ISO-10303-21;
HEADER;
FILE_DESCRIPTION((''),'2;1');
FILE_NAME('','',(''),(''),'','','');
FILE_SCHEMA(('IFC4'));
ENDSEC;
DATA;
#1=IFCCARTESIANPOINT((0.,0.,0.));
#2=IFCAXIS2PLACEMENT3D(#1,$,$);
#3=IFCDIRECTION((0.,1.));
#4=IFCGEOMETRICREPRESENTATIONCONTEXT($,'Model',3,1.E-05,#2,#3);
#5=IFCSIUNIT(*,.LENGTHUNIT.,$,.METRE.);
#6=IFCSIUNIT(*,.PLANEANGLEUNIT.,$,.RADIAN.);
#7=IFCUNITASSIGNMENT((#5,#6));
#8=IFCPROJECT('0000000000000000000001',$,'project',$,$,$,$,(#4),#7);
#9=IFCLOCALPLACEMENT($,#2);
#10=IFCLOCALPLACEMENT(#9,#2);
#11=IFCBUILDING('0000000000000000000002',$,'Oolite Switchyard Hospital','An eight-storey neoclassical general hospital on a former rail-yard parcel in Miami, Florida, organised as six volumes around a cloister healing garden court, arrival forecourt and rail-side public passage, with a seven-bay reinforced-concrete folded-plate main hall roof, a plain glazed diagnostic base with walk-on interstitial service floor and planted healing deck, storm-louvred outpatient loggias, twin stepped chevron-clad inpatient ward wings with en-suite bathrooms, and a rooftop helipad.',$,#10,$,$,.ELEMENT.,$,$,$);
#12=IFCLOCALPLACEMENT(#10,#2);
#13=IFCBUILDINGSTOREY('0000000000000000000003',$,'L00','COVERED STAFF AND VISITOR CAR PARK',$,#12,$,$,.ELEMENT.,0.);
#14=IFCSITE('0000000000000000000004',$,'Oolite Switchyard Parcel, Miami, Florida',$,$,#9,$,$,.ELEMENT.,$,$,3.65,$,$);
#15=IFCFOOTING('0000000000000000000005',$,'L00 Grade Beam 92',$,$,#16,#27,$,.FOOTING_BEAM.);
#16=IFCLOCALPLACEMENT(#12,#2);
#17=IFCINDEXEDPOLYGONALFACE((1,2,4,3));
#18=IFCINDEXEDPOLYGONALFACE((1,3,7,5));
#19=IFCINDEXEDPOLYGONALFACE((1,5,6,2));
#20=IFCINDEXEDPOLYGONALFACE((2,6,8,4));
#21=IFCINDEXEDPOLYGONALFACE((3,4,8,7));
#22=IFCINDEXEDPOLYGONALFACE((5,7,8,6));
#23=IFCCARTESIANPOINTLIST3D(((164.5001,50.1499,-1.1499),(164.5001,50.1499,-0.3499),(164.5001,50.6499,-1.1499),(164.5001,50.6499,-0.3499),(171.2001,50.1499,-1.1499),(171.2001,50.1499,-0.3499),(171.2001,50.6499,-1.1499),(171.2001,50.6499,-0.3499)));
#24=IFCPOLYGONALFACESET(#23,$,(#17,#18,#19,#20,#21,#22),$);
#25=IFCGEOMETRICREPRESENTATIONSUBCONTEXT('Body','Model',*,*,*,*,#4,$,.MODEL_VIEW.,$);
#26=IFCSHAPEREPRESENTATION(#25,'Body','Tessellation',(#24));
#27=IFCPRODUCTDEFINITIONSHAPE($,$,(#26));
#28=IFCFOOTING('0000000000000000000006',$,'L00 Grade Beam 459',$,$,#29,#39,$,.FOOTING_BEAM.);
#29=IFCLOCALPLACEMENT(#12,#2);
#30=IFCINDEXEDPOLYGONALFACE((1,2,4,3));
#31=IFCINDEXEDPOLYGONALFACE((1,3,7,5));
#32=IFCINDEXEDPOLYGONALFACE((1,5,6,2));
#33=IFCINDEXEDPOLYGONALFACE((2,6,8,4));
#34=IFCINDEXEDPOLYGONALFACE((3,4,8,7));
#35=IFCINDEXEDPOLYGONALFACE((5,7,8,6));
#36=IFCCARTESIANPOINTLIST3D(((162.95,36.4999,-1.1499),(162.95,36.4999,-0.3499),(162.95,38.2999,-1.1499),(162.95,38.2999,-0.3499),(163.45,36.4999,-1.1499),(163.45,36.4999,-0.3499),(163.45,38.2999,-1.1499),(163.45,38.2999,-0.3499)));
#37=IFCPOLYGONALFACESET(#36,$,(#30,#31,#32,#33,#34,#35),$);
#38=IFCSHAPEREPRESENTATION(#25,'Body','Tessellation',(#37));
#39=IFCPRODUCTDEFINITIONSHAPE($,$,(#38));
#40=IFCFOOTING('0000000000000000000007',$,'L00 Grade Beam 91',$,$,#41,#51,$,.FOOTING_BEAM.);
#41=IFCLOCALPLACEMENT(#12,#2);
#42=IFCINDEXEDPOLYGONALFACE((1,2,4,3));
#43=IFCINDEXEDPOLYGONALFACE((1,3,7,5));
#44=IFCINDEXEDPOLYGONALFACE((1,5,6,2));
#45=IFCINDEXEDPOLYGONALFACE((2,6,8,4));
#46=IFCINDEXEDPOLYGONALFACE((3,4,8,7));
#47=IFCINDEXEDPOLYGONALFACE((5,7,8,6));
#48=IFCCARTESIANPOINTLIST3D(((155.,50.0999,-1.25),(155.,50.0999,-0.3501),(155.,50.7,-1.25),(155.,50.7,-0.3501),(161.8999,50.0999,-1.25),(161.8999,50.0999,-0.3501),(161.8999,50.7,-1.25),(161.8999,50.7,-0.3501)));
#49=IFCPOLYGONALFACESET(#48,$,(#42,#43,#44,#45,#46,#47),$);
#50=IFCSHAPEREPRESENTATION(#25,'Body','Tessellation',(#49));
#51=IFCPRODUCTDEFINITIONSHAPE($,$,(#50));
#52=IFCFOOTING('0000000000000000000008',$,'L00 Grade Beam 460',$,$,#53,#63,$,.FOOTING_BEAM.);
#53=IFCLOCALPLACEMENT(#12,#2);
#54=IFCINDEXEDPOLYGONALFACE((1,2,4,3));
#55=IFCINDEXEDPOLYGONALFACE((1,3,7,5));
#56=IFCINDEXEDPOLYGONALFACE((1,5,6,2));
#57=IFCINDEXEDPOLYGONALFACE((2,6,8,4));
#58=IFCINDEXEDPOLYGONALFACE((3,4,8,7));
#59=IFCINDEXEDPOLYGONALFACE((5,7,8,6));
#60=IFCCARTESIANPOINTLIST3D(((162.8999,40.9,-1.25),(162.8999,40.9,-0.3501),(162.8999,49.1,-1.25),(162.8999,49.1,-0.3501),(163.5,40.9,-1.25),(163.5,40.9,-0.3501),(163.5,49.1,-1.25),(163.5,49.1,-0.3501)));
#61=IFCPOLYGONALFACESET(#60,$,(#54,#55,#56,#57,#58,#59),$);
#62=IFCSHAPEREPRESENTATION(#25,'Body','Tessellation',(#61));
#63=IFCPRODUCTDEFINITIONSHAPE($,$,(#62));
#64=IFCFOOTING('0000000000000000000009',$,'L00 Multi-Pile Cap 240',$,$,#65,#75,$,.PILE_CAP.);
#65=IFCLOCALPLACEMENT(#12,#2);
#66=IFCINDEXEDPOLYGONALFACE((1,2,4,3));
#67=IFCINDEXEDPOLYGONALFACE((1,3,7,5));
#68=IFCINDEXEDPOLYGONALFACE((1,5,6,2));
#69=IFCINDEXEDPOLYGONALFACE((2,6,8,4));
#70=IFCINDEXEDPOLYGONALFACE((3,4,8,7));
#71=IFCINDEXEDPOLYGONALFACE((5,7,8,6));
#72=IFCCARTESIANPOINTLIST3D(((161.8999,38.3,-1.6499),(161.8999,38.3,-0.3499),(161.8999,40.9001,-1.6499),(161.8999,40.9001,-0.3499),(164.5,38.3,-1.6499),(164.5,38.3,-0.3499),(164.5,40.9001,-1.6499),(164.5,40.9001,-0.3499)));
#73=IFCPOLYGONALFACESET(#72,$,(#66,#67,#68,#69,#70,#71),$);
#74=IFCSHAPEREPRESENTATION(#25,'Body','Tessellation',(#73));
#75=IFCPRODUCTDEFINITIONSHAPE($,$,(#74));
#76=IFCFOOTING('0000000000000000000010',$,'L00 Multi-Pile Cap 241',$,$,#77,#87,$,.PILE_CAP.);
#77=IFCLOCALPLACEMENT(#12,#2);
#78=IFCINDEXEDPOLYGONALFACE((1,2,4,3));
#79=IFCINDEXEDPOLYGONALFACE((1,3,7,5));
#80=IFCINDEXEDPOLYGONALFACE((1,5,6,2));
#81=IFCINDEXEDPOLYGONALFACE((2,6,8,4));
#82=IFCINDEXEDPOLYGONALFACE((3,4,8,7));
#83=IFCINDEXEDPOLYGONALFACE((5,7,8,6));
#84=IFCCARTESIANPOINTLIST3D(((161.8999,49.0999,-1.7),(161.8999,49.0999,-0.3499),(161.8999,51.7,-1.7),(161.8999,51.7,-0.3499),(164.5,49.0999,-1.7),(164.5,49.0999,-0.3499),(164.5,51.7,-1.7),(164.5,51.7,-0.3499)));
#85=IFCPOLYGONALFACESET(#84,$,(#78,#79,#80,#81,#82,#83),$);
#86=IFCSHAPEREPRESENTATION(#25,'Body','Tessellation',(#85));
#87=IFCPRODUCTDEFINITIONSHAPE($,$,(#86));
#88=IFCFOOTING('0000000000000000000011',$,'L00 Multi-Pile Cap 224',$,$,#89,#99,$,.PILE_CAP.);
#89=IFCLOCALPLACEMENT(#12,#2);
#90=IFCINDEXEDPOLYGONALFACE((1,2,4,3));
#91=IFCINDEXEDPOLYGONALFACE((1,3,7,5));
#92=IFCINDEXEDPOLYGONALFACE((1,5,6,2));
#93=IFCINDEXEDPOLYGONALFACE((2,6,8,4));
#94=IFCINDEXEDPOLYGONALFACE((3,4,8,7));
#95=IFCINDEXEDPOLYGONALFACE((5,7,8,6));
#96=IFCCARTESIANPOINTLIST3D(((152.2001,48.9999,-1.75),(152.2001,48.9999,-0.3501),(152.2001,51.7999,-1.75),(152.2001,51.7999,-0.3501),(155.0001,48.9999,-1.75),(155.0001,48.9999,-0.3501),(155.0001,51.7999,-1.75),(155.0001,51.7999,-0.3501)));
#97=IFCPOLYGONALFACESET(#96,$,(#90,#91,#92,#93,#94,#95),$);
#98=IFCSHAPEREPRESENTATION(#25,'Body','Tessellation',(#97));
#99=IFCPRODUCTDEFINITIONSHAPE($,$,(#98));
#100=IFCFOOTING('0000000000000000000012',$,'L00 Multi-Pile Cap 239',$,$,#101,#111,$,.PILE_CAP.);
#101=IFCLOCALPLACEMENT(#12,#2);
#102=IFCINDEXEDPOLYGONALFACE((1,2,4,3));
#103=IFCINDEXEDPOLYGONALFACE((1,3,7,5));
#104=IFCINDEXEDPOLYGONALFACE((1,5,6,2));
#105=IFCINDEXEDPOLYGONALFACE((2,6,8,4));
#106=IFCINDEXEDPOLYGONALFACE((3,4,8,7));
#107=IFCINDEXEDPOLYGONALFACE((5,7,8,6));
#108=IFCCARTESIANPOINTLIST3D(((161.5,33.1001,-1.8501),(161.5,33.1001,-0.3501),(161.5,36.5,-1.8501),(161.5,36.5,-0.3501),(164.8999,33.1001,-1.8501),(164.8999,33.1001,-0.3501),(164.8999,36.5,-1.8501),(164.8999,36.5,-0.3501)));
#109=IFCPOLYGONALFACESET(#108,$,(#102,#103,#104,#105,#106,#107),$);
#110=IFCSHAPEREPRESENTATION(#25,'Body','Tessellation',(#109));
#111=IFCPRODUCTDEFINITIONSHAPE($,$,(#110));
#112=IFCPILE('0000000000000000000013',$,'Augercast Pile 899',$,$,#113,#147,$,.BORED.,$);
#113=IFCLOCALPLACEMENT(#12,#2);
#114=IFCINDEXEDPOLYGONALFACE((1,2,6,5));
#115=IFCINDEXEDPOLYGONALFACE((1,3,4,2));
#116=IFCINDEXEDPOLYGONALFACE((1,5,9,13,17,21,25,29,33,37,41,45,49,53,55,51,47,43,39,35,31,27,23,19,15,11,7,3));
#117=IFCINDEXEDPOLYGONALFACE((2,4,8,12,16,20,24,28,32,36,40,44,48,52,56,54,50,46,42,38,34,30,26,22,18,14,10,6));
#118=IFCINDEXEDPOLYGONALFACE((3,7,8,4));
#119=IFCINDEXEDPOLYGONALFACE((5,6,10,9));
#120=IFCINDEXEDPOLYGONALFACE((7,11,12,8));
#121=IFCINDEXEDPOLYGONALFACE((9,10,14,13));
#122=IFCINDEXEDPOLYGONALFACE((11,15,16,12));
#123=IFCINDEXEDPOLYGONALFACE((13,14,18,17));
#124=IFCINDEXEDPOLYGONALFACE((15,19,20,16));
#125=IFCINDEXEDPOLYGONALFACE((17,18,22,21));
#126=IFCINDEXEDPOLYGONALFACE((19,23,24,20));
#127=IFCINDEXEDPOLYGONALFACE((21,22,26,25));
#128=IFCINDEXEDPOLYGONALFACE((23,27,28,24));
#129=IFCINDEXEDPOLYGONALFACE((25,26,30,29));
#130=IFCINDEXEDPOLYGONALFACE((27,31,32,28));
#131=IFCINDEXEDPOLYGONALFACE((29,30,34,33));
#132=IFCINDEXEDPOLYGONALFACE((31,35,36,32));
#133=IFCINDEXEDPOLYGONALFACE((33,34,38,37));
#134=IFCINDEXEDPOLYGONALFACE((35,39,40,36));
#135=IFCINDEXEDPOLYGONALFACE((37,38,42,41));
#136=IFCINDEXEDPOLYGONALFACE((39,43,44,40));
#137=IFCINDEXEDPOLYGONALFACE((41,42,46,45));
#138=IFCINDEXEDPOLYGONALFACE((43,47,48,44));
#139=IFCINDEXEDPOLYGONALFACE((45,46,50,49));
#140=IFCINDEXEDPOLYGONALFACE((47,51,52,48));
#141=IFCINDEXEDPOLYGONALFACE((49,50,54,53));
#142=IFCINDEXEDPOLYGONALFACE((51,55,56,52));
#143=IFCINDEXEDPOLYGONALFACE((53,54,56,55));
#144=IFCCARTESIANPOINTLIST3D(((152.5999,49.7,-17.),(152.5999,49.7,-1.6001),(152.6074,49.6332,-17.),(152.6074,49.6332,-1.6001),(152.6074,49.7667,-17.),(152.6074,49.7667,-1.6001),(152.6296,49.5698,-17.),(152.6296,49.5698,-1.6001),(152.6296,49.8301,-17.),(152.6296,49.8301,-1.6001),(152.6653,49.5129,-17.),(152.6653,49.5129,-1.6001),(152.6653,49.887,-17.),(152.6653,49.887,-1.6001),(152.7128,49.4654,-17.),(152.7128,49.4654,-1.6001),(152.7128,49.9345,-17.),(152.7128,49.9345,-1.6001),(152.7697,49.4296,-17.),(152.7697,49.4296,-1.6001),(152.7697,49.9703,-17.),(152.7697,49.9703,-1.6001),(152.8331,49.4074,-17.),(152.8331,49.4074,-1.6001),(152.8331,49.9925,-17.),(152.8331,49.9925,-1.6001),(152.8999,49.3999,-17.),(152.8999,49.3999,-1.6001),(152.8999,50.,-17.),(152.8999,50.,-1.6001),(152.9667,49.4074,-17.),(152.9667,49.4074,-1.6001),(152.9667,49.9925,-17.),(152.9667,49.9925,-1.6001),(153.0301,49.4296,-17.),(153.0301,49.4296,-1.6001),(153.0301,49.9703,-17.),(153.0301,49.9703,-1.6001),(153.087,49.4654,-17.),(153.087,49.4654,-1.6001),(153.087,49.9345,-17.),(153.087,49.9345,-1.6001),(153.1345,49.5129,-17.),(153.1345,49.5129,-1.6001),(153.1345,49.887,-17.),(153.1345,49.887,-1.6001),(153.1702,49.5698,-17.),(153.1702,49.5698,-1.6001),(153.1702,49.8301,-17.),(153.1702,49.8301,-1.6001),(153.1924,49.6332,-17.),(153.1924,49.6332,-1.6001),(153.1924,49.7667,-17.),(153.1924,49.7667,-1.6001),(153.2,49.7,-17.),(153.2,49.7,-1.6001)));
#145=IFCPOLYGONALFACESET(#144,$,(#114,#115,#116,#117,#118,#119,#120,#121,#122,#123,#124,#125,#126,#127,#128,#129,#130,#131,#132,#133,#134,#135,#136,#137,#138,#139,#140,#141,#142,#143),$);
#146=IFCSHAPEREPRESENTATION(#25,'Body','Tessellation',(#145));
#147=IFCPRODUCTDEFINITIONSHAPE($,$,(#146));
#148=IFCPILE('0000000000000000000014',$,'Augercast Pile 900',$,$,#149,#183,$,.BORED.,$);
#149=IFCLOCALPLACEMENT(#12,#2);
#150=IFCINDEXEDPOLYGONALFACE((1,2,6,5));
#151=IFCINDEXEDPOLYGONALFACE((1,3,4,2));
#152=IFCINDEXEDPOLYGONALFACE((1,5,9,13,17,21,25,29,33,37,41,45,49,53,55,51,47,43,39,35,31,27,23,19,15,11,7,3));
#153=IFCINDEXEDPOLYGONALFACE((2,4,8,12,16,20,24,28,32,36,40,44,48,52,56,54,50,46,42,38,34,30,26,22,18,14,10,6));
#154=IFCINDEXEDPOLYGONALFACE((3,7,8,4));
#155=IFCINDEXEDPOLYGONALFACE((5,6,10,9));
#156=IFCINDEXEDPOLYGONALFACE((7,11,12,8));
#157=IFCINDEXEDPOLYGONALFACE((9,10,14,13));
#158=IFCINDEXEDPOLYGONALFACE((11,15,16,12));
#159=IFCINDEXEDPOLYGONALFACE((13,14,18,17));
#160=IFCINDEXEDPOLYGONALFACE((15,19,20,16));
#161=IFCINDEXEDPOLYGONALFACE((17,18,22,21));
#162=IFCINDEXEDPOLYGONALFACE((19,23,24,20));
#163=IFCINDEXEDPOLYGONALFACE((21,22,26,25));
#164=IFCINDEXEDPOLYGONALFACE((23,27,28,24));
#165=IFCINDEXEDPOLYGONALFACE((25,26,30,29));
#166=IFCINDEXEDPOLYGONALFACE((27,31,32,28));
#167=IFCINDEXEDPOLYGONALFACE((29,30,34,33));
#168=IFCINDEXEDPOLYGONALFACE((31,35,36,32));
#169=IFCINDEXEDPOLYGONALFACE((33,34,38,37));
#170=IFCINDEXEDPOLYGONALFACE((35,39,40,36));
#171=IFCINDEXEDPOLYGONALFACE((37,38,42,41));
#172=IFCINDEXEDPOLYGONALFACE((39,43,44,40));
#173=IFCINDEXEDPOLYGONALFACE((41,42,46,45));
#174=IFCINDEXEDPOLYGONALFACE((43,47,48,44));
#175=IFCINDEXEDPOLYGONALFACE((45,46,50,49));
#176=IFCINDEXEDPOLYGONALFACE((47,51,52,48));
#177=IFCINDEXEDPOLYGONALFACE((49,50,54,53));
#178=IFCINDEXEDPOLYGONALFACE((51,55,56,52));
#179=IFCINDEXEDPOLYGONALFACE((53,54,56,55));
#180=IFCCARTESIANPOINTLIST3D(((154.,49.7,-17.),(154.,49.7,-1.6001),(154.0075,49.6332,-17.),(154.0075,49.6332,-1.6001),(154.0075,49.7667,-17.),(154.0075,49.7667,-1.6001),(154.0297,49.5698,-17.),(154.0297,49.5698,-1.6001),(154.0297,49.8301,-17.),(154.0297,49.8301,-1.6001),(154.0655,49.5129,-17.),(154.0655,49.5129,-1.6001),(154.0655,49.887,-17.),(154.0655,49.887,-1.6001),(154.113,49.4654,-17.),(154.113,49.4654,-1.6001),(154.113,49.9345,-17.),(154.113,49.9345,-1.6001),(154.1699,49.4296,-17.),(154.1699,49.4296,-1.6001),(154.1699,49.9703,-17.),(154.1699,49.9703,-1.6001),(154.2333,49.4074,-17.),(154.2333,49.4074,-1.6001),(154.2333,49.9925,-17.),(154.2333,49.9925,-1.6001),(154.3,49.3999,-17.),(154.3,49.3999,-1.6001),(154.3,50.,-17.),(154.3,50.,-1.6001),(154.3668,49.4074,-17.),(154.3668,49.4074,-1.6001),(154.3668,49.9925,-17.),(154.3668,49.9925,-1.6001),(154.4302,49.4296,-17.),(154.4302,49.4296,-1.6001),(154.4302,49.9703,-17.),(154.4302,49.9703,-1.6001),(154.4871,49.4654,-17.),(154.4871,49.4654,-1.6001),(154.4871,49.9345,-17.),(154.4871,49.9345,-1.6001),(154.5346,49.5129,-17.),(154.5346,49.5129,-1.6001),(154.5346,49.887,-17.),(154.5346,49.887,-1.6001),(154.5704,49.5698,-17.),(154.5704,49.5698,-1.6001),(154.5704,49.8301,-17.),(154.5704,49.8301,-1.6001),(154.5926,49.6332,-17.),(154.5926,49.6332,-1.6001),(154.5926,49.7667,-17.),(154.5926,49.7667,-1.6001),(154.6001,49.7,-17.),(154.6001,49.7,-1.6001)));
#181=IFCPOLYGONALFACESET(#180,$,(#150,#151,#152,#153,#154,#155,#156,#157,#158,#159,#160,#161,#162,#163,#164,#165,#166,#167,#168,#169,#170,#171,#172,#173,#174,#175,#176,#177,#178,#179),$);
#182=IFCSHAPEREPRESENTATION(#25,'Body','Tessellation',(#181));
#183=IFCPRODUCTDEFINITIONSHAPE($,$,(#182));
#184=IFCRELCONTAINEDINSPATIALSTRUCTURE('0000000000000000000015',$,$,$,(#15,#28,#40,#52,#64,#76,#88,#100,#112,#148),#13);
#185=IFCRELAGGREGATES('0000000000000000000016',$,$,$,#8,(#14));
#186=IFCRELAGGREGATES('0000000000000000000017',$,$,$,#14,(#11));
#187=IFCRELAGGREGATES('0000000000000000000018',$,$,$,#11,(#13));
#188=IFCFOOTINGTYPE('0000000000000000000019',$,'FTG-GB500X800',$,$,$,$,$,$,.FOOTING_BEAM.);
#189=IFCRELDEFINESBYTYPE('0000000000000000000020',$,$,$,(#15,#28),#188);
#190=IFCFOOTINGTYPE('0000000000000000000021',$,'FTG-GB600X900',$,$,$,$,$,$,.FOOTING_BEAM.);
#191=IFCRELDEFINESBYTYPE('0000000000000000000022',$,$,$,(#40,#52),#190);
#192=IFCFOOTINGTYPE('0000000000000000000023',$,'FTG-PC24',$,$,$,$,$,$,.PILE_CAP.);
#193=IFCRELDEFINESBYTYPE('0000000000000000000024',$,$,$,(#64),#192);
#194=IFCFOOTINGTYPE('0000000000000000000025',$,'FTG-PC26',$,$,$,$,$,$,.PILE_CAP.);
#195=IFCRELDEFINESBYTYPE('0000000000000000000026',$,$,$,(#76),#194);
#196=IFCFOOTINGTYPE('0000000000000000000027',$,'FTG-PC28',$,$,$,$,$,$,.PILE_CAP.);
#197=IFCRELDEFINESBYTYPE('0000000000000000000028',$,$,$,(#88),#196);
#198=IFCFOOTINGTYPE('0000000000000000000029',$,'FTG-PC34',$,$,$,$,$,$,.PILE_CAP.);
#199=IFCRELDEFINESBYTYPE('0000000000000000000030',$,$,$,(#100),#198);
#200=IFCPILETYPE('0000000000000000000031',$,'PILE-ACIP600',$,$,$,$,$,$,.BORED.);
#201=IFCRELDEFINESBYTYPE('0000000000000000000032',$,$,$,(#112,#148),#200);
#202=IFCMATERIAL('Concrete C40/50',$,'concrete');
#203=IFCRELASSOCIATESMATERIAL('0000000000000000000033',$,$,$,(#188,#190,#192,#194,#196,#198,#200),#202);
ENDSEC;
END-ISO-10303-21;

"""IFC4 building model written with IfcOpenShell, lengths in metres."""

from ifc_helpers import new_model, si_unit, direction, frame, origin, origin_2d, place, context, subcontext, project, spatial, rectangle, circle, extrude, material, material_profile, profile_set, type_object, element, save


model = new_model("IFC4")

# Units and contexts
model_context = context("Model", 3, precision=1e-05, world=origin(), true_north=direction((0.0, 1.0)))
body_context = subcontext(model_context, "Body", "Model", "MODEL_VIEW")
ifc_project = project(units=[si_unit("LENGTHUNIT", "METRE"), si_unit("PLANEANGLEUNIT", "RADIAN")], contexts=[model_context])

# Site, building, storey
site_placement = place(None, origin())
site = spatial("IfcSite", under=ifc_project, at=site_placement, Name="Oolite Switchyard Parcel, Miami, Florida", CompositionType="ELEMENT", RefElevation=3.65)
building_placement = place(site_placement, origin())
building = spatial("IfcBuilding", under=site, at=building_placement, Name="Oolite Switchyard Hospital", Description="An eight-storey neoclassical general hospital on a former rail-yard parcel in Miami, Florida, organised as six volumes around a cloister healing garden court, arrival forecourt and rail-side public passage, with a seven-bay reinforced-concrete folded-plate main hall roof, a plain glazed diagnostic base with walk-on interstitial service floor and planted healing deck, storm-louvred outpatient loggias, twin stepped chevron-clad inpatient ward wings with en-suite bathrooms, and a rooftop helipad.", CompositionType="ELEMENT")
storey_placement = place(building_placement, origin())
storey = spatial("IfcBuildingStorey", under=building, at=storey_placement, Name="L00", Description="COVERED STAFF AND VISITOR CAR PARK", CompositionType="ELEMENT", Elevation=0.0)

# Footings
ifc_material_1 = material(Name="Concrete C40/50", Category="concrete")
footing_type_1 = type_object("IfcFootingType", Name="FTG-GB500X800", PredefinedType="FOOTING_BEAM", material=ifc_material_1)
footing_1_placement = place(storey_placement, frame((167.8501, 50.3999, -1.1499), z_axis=(0.0, 0.0, 1.0), x_axis=(1.0, 0.0, 0.0)))
element("IfcFooting", 1, at=footing_1_placement, inside=storey, type_object=footing_type_1, Name="L00 Grade Beam 92", PredefinedType="FOOTING_BEAM", context=body_context, shape_type="SweptSolid", body=[
    extrude(rectangle(XDim=6.7, YDim=0.5, at=origin_2d()), origin(), (0.0, 0.0, 1.0), 0.8),
])
footing_2_placement = place(storey_placement, frame((163.2, 37.3999, -1.1499), z_axis=(0.0, 0.0, 1.0), x_axis=(0.0, 1.0, 0.0)))
element("IfcFooting", 2, at=footing_2_placement, inside=storey, type_object=footing_type_1, Name="L00 Grade Beam 459", PredefinedType="FOOTING_BEAM", context=body_context, shape_type="SweptSolid", body=[
    extrude(rectangle(XDim=1.8, YDim=0.5, at=origin_2d()), origin(), (0.0, 0.0, 1.0), 0.8),
])
footing_type_2 = type_object("IfcFootingType", Name="FTG-GB600X900", PredefinedType="FOOTING_BEAM", material=ifc_material_1)
footing_3_placement = place(storey_placement, frame((158.45, 50.3999, -1.25), z_axis=(0.0, 0.0, 1.0), x_axis=(1.0, 0.0, 0.0)))
element("IfcFooting", 3, at=footing_3_placement, inside=storey, type_object=footing_type_2, Name="L00 Grade Beam 91", PredefinedType="FOOTING_BEAM", context=body_context, shape_type="SweptSolid", body=[
    extrude(rectangle(XDim=6.8999, YDim=0.6001, at=origin_2d()), origin(), (0.0, 0.0, 1.0), 0.8999),
])
footing_4_placement = place(storey_placement, frame((163.2, 45.0, -1.25), z_axis=(0.0, 0.0, 1.0), x_axis=(0.0, 1.0, 0.0)))
element("IfcFooting", 4, at=footing_4_placement, inside=storey, type_object=footing_type_2, Name="L00 Grade Beam 460", PredefinedType="FOOTING_BEAM", context=body_context, shape_type="SweptSolid", body=[
    extrude(rectangle(XDim=8.2, YDim=0.6001, at=origin_2d()), origin(), (0.0, 0.0, 1.0), 0.8999),
])
footing_type_3 = type_object("IfcFootingType", Name="FTG-PC24", PredefinedType="PILE_CAP", material=ifc_material_1)
footing_5_placement = place(storey_placement, frame((163.2, 39.6001, -1.6499), z_axis=(0.0, 0.0, 1.0), x_axis=(1.0, 0.0, 0.0)))
element("IfcFooting", 5, at=footing_5_placement, inside=storey, type_object=footing_type_3, Name="L00 Multi-Pile Cap 240", PredefinedType="PILE_CAP", context=body_context, shape_type="SweptSolid", body=[
    extrude(rectangle(XDim=2.6001, YDim=2.6001, at=origin_2d()), origin(), (0.0, 0.0, 1.0), 1.3),
])
footing_type_4 = type_object("IfcFootingType", Name="FTG-PC26", PredefinedType="PILE_CAP", material=ifc_material_1)
footing_6_placement = place(storey_placement, frame((163.2, 50.3999, -1.7), z_axis=(0.0, 0.0, 1.0), x_axis=(1.0, 0.0, 0.0)))
element("IfcFooting", 6, at=footing_6_placement, inside=storey, type_object=footing_type_4, Name="L00 Multi-Pile Cap 241", PredefinedType="PILE_CAP", context=body_context, shape_type="SweptSolid", body=[
    extrude(rectangle(XDim=2.6001, YDim=2.6001, at=origin_2d()), origin(), (0.0, 0.0, 1.0), 1.3501),
])
footing_type_5 = type_object("IfcFootingType", Name="FTG-PC28", PredefinedType="PILE_CAP", material=ifc_material_1)
footing_7_placement = place(storey_placement, frame((153.6001, 50.3999, -1.75), z_axis=(0.0, 0.0, 1.0), x_axis=(1.0, 0.0, 0.0)))
element("IfcFooting", 7, at=footing_7_placement, inside=storey, type_object=footing_type_5, Name="L00 Multi-Pile Cap 224", PredefinedType="PILE_CAP", context=body_context, shape_type="SweptSolid", body=[
    extrude(rectangle(XDim=2.8, YDim=2.8, at=origin_2d()), origin(), (0.0, 0.0, 1.0), 1.3999),
])
footing_type_6 = type_object("IfcFootingType", Name="FTG-PC34", PredefinedType="PILE_CAP", material=ifc_material_1)
footing_8_placement = place(storey_placement, frame((163.2, 34.8, -1.8501), z_axis=(0.0, 0.0, 1.0), x_axis=(1.0, 0.0, 0.0)))
element("IfcFooting", 8, at=footing_8_placement, inside=storey, type_object=footing_type_6, Name="L00 Multi-Pile Cap 239", PredefinedType="PILE_CAP", context=body_context, shape_type="SweptSolid", body=[
    extrude(rectangle(XDim=3.3999, YDim=3.3999, at=origin_2d()), origin(), (0.0, 0.0, 1.0), 1.5),
])

# Piles
ifc_material_profile_1 = material_profile(ifc_material_1, circle(Radius=0.3, at=origin_2d()), Name="PILE600")
ifc_profile_set_1 = profile_set([ifc_material_profile_1], Name="Concrete C40/50")
pile_type = type_object("IfcPileType", Name="PILE-ACIP600", PredefinedType="BORED", material=ifc_profile_set_1)
for number, where, z_axis, x_axis, name in (
    (9, (152.8999, 49.7, -1.6001), (0.0, 0.0, -1.0), (1.0, 0.0, 0.0), "Augercast Pile 899"),
    (10, (154.3, 49.7, -1.6001), (0.0, 0.0, -1.0), (1.0, 0.0, 0.0), "Augercast Pile 900"),
):
    element("IfcPile", number, at=place(storey_placement, frame(where, z_axis=z_axis, x_axis=x_axis)), inside=storey, type_object=pile_type, Name=name, PredefinedType="BORED", context=body_context, shape_type="SweptSolid", body=[
        extrude(circle(Radius=0.3, at=origin_2d()), origin(), (0.0, 0.0, 1.0), 15.3999),
    ])

save(model, "model.ifc")
